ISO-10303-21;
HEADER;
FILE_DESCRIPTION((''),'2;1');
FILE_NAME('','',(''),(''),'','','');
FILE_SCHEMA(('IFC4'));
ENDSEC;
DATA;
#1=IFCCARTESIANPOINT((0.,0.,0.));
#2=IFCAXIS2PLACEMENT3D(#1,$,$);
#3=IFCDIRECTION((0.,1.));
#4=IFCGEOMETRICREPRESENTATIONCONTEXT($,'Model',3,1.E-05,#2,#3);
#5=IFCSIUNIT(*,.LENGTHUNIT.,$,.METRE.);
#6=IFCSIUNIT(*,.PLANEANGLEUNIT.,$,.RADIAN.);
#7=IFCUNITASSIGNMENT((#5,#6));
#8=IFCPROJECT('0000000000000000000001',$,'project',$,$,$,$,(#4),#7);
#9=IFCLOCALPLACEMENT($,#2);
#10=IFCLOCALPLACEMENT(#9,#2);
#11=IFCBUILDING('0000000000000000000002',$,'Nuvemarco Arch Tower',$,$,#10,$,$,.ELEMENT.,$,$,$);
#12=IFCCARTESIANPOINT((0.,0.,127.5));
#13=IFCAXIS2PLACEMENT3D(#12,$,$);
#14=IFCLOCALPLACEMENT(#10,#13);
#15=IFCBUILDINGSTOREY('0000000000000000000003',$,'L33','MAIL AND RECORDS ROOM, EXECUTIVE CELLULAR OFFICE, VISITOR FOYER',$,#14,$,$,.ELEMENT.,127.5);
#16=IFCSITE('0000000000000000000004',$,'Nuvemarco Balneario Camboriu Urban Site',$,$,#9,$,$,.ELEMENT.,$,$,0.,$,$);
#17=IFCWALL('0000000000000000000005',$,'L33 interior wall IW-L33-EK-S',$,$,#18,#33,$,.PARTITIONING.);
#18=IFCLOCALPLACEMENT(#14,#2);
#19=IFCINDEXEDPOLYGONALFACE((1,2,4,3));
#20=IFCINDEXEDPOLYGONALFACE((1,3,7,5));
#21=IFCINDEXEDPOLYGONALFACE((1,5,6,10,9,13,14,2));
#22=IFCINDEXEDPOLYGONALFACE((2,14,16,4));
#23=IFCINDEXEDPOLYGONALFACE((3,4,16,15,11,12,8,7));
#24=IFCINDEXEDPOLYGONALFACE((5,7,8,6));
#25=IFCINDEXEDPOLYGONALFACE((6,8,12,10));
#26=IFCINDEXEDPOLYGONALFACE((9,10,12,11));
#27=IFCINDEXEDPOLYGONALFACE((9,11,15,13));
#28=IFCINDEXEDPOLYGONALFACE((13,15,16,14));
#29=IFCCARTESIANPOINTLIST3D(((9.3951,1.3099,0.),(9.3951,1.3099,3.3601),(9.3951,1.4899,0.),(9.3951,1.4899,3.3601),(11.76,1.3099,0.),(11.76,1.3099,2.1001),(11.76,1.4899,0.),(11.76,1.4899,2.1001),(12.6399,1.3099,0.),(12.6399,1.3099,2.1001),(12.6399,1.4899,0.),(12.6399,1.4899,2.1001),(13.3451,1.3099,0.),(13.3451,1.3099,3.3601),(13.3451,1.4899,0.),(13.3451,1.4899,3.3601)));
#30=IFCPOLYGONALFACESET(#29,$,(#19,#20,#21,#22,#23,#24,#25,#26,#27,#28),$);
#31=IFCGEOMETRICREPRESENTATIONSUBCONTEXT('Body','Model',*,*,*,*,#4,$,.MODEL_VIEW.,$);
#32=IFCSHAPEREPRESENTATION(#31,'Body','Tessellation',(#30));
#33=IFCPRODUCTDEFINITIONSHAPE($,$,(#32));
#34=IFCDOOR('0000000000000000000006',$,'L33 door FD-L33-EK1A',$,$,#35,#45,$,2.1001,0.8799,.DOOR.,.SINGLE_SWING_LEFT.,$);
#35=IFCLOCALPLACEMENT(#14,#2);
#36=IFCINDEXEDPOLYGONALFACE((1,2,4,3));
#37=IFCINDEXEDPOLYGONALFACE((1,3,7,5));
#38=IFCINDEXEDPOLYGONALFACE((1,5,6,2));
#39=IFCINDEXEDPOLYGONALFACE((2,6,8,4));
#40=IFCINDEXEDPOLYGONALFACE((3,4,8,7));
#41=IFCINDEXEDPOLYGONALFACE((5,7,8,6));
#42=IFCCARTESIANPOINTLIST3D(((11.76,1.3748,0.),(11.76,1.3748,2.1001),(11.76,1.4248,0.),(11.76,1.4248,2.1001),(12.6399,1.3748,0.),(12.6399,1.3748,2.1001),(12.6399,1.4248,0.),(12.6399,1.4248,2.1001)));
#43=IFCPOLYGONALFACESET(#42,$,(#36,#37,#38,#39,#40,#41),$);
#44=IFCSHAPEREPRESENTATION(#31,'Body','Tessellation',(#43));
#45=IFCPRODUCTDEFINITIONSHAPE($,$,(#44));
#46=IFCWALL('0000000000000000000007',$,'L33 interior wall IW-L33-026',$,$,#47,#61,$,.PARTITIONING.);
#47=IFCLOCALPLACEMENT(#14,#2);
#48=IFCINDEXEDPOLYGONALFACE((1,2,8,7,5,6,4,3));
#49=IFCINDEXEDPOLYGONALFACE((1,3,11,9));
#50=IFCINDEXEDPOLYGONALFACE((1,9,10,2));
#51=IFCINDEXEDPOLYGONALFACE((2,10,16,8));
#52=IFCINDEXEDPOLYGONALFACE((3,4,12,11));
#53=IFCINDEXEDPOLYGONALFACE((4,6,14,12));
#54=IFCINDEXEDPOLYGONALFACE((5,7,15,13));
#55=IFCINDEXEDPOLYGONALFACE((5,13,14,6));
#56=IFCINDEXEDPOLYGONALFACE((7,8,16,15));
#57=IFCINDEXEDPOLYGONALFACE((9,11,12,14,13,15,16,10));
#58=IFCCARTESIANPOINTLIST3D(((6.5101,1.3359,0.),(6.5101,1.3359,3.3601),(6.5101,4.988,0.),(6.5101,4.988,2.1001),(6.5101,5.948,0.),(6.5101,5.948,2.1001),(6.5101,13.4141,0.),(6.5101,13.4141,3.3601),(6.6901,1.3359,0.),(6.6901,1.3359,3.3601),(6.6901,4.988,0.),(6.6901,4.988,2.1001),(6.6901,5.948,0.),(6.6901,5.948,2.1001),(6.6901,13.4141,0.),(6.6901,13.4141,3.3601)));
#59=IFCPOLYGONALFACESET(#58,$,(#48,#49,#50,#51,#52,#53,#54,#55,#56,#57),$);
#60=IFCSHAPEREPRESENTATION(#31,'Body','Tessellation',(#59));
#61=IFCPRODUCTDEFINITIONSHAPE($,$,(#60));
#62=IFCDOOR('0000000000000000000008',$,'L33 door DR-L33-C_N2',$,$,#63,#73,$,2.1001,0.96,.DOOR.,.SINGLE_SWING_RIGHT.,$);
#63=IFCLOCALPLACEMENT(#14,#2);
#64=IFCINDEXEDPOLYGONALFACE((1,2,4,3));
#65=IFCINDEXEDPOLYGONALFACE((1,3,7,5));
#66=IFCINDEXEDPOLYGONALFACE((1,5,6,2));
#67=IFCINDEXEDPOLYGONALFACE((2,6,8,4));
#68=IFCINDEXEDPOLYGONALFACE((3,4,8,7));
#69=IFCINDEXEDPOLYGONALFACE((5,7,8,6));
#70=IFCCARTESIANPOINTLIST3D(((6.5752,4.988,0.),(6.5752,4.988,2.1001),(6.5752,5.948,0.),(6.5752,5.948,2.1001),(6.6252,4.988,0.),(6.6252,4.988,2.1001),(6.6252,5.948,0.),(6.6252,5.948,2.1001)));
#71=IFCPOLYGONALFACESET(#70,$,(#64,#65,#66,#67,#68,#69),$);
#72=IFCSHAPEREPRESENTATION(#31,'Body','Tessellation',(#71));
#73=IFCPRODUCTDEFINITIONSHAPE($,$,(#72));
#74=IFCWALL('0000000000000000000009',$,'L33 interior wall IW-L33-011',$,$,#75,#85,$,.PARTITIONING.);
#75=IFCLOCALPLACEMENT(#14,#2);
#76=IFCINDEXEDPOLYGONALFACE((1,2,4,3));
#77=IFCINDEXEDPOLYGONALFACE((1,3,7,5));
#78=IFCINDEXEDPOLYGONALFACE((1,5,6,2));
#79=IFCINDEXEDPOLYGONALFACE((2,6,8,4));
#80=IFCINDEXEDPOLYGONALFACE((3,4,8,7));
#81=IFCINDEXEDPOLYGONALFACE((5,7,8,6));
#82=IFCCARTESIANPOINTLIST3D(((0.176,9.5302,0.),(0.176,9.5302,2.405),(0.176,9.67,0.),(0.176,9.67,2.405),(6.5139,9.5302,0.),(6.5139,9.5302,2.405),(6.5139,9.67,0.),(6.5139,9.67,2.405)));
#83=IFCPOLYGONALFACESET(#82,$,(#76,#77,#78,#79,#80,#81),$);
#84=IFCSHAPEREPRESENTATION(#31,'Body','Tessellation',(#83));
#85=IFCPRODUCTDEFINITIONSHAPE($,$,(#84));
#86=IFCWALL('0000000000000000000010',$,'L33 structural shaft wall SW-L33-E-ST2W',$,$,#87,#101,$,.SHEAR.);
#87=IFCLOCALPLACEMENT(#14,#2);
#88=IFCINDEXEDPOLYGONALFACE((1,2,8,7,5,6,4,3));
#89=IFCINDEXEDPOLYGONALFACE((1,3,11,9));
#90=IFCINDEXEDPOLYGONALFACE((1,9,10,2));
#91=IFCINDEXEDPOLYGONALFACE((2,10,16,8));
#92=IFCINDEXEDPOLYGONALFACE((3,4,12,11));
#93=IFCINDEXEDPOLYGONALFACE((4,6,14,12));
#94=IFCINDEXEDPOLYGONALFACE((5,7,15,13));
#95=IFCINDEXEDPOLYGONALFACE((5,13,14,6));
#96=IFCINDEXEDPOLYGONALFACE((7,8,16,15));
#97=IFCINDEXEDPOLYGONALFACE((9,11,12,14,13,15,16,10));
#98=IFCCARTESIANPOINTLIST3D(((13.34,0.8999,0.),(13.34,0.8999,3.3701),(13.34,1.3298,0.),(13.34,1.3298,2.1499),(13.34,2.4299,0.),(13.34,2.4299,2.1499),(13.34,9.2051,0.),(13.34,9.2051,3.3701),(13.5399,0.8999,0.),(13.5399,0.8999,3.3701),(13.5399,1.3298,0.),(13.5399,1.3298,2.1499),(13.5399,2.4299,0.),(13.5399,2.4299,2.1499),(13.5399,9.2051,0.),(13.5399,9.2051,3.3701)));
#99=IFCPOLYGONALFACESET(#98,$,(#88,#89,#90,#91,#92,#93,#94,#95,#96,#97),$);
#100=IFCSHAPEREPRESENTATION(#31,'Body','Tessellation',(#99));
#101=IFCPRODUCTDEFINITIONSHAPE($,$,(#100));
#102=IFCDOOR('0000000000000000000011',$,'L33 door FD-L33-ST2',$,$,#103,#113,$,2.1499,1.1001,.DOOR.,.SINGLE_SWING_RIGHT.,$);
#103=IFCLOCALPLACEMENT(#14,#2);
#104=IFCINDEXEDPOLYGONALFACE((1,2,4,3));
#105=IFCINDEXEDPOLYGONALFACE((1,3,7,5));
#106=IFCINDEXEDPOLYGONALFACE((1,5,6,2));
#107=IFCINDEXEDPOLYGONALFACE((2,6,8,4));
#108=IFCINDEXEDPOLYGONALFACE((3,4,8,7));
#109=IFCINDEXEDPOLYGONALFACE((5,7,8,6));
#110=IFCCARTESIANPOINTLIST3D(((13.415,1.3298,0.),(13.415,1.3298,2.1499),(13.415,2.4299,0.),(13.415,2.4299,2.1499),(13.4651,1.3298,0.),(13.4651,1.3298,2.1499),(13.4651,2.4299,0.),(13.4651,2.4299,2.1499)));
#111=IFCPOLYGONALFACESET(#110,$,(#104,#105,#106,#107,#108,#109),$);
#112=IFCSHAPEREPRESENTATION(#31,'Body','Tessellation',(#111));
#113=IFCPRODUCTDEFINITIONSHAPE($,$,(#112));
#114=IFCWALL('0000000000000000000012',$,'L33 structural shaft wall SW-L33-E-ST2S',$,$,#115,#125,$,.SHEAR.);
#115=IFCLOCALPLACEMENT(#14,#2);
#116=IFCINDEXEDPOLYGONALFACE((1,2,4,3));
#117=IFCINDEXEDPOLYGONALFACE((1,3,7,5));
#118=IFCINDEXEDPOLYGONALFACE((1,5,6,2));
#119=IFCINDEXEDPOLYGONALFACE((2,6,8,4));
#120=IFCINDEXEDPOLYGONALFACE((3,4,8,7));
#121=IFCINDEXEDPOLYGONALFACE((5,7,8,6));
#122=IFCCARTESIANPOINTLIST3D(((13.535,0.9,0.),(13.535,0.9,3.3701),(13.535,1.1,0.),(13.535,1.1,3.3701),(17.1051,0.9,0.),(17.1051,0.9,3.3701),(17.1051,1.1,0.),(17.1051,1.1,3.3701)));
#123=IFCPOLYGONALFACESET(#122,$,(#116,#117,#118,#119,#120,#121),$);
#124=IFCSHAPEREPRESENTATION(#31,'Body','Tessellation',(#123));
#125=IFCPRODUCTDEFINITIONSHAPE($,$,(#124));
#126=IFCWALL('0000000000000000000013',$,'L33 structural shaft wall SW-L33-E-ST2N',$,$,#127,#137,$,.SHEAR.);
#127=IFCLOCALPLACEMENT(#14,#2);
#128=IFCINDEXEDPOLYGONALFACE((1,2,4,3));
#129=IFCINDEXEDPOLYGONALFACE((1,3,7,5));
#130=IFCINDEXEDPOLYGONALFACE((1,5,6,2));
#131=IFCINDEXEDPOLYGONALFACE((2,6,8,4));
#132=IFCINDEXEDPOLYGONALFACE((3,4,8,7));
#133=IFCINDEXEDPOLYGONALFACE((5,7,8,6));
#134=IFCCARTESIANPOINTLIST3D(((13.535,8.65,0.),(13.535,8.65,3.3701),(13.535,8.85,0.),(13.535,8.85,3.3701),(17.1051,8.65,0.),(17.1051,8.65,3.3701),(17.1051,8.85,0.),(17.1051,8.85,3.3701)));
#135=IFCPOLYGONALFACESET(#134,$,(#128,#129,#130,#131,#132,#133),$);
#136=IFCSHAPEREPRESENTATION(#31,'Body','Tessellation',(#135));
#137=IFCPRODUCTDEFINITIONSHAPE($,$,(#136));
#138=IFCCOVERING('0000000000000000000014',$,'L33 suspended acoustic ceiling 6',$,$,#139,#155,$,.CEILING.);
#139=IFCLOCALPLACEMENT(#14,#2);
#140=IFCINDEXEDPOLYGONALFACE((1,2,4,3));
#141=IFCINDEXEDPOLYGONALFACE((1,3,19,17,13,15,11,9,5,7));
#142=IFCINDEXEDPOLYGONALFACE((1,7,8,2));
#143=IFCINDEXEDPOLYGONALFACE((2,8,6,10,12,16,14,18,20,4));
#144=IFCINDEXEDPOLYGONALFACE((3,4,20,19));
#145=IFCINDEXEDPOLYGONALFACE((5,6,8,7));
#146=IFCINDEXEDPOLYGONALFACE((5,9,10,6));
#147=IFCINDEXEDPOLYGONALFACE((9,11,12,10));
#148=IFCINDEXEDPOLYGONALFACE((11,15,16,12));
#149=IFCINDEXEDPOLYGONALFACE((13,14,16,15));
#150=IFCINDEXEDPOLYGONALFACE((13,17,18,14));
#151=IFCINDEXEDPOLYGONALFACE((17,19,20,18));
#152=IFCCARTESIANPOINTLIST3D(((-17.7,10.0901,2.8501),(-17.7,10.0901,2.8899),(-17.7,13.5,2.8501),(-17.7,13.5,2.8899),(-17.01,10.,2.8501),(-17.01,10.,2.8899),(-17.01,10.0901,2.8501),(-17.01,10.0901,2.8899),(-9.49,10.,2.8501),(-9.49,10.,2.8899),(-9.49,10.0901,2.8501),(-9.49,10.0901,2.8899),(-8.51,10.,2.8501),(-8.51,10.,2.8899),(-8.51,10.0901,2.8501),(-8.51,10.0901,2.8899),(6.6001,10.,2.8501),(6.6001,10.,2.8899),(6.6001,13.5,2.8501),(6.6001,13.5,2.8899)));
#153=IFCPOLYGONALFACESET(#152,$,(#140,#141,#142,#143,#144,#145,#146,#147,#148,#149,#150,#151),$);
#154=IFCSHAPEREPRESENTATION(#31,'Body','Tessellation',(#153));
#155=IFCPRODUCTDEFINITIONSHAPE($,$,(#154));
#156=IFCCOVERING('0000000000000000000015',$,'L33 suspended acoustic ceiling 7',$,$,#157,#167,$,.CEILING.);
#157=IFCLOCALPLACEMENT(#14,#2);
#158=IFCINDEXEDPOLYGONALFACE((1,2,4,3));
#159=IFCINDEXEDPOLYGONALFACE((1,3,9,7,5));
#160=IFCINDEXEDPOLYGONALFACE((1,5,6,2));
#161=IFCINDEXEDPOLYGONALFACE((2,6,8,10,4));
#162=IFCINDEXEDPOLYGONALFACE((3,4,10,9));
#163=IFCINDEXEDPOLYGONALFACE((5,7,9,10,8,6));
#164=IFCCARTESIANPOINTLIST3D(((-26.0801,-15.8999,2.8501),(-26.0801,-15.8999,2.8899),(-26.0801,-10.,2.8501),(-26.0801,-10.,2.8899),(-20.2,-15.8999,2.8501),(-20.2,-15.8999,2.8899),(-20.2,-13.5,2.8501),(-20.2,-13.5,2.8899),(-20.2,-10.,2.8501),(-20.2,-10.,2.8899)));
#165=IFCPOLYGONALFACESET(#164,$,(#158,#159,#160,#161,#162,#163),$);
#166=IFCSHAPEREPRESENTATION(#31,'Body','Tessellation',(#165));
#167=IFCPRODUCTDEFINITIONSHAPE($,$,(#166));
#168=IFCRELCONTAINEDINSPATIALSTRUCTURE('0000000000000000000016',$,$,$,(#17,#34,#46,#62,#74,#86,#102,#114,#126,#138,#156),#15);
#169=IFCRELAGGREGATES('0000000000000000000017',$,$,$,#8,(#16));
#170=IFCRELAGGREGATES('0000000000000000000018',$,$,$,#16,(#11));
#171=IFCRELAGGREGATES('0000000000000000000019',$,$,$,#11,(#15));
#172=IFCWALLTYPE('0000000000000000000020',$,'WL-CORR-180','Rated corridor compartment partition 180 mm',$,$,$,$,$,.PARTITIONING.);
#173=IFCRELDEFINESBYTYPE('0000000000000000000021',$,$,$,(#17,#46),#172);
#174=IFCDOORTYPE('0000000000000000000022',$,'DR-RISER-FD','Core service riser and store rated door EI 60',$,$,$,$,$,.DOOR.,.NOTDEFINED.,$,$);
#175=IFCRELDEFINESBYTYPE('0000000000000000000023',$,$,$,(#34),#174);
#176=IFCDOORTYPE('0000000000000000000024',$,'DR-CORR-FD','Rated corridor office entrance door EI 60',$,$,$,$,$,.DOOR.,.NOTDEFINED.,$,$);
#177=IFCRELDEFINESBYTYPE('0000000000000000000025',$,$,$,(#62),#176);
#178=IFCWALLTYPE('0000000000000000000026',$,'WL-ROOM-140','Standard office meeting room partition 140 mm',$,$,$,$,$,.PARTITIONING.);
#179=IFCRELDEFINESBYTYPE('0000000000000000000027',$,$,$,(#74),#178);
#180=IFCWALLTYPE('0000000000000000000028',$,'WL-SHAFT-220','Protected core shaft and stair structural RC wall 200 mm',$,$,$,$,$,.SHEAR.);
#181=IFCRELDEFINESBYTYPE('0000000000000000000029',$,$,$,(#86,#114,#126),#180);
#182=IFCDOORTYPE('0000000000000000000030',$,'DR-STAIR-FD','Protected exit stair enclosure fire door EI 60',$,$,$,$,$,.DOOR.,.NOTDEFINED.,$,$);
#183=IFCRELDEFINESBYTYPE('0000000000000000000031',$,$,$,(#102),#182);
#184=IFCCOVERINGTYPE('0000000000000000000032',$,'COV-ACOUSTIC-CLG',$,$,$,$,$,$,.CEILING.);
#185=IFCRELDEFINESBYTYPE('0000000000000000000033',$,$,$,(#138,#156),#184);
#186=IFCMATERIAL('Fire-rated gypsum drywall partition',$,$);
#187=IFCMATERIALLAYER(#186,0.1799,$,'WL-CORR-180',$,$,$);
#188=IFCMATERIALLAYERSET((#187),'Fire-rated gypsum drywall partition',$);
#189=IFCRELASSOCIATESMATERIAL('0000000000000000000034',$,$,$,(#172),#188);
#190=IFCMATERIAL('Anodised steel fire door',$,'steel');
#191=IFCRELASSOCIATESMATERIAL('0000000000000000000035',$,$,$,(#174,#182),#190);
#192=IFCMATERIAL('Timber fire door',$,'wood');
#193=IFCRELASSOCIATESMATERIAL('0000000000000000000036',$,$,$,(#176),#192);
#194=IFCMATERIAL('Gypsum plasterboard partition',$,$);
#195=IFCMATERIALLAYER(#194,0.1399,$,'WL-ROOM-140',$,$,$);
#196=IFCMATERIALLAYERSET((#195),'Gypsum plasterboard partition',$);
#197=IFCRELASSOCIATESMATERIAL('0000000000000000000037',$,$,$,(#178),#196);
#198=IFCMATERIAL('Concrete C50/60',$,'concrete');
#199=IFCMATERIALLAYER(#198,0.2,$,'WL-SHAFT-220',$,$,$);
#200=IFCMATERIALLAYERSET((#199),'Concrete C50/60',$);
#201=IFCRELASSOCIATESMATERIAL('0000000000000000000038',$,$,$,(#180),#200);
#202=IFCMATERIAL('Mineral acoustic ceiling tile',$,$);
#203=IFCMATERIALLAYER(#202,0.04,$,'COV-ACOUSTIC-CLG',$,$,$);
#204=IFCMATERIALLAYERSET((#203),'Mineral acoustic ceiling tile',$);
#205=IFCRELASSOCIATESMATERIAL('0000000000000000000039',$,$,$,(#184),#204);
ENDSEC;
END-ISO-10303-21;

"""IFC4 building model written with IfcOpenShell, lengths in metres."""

from ifc_helpers import new_model, si_unit, direction, frame, frame_2d, origin, place, context, subcontext, project, spatial, polyline, rectangle, outline, extrude, source, transform, mapped, material, layer, layer_set, type_object, type_shapes, element, fill, save


model = new_model("IFC4")

# Units and contexts
model_context = context("Model", 3, precision=1e-05, world=origin(), true_north=direction((0.0, 1.0)))
body_context = subcontext(model_context, "Body", "Model", "MODEL_VIEW")
ifc_project = project(units=[si_unit("LENGTHUNIT", "METRE"), si_unit("PLANEANGLEUNIT", "RADIAN")], contexts=[model_context])

# Site, building, storey
site_placement = place(None, origin())
site = spatial("IfcSite", under=ifc_project, at=site_placement, Name="Nuvemarco Balneario Camboriu Urban Site", CompositionType="ELEMENT", RefElevation=0.0)
building_placement = place(site_placement, origin())
building = spatial("IfcBuilding", under=site, at=building_placement, Name="Nuvemarco Arch Tower", CompositionType="ELEMENT")
storey_placement = place(building_placement, frame((0.0, 0.0, 127.5)))
storey = spatial("IfcBuildingStorey", under=building, at=storey_placement, Name="L33", Description="MAIL AND RECORDS ROOM, EXECUTIVE CELLULAR OFFICE, VISITOR FOYER", CompositionType="ELEMENT", Elevation=127.5)

# Shared definitions
ifc_material_1 = material(Name="Concrete C50/60", Category="concrete")

# Walls, openings, doors
ifc_material_2 = material(Name="Fire-rated gypsum drywall partition")
ifc_layer_1 = layer(ifc_material_2, 0.1799, Name="WL-CORR-180")
ifc_layer_set_1 = layer_set([ifc_layer_1], Name="Fire-rated gypsum drywall partition")
wall_type_1 = type_object("IfcWallType", Name="WL-CORR-180", Description="Rated corridor compartment partition 180 mm", PredefinedType="PARTITIONING", material=ifc_layer_set_1)
wall_1_placement = place(storey_placement, frame((9.395, 1.3999, 0.0), z_axis=(0.0, 0.0, 1.0), x_axis=(1.0, 0.0, 0.0)))
wall_1 = element("IfcWall", 1, at=wall_1_placement, inside=storey, type_object=wall_type_1, Name="L33 interior wall IW-L33-EK-S", PredefinedType="PARTITIONING", context=body_context, shape_type="SweptSolid", body=[
    extrude(rectangle(XDim=3.95, YDim=0.1799, at=frame_2d((1.9751, 0.0))), origin(), (0.0, 0.0, 1.0), 3.3601),
])
opening_1_placement = place(wall_1_placement, frame((2.365, 0.0, 0.0)))
opening_1 = element("IfcOpeningElement", 2, at=opening_1_placement, cuts=wall_1, PredefinedType="OPENING", context=body_context, shape_type="SweptSolid", body=[
    extrude(rectangle(XDim=0.8799, YDim=2.1001, at=frame_2d((0.4399, 1.05))), frame((0.0, 0.0999, 0.0), z_axis=(0.0, -1.0, 0.0), x_axis=(1.0, 0.0, 0.0)), (0.0, 0.0, 1.0), 0.2),
])
ifc_material_3 = material(Name="Anodised steel fire door", Category="steel")
door_type_1 = type_object("IfcDoorType", Name="DR-RISER-FD", Description="Core service riser and store rated door EI 60", OperationType="NOTDEFINED", PredefinedType="DOOR", material=ifc_material_3)
shared_shape_1 = source(origin(), body_context, "Body", "SweptSolid", [
    extrude(rectangle(XDim=0.8799, YDim=2.1001, at=frame_2d((0.4399, 1.05))), frame((0.0, 0.0249, 0.0), z_axis=(0.0, -1.0, 0.0), x_axis=(1.0, 0.0, 0.0)), (0.0, 0.0, 1.0), 0.05),
])
type_shapes(door_type_1, [shared_shape_1])
door_1_placement = place(opening_1_placement, origin())
door_1 = element("IfcDoor", 3, at=door_1_placement, inside=storey, type_object=door_type_1, Name="L33 door FD-L33-EK1A", OperationType="SINGLE_SWING_LEFT", OverallHeight=2.1001, OverallWidth=0.8799, PredefinedType="DOOR", context=body_context, shape_type="MappedRepresentation", body=[
    mapped(shared_shape_1, transform((0.0, 0.0, 0.0), scale=1.0)),
])
fill(opening_1, door_1)
wall_2_placement = place(storey_placement, frame((6.6001, 1.3359, 0.0), z_axis=(0.0, 0.0, 1.0), x_axis=(0.0, 1.0, 0.0)))
wall_2 = element("IfcWall", 4, at=wall_2_placement, inside=storey, type_object=wall_type_1, Name="L33 interior wall IW-L33-026", PredefinedType="PARTITIONING", context=body_context, shape_type="SweptSolid", body=[
    extrude(rectangle(XDim=12.0781, YDim=0.1799, at=frame_2d((6.0391, 0.0))), origin(), (0.0, 0.0, 1.0), 3.3601),
])
opening_2_placement = place(wall_2_placement, frame((3.6521, 0.0, 0.0)))
opening_2 = element("IfcOpeningElement", 5, at=opening_2_placement, cuts=wall_2, PredefinedType="OPENING", context=body_context, shape_type="SweptSolid", body=[
    extrude(rectangle(XDim=0.96, YDim=2.1001, at=frame_2d((0.48, 1.05))), frame((0.0, 0.0999, 0.0), z_axis=(0.0, -1.0, 0.0), x_axis=(1.0, 0.0, 0.0)), (0.0, 0.0, 1.0), 0.2),
])
ifc_material_4 = material(Name="Timber fire door", Category="wood")
door_type_2 = type_object("IfcDoorType", Name="DR-CORR-FD", Description="Rated corridor office entrance door EI 60", OperationType="NOTDEFINED", PredefinedType="DOOR", material=ifc_material_4)
shared_shape_2 = source(origin(), body_context, "Body", "SweptSolid", [
    extrude(rectangle(XDim=0.96, YDim=2.1001, at=frame_2d((0.48, 1.05))), frame((0.0, 0.0249, 0.0), z_axis=(0.0, -1.0, 0.0), x_axis=(1.0, 0.0, 0.0)), (0.0, 0.0, 1.0), 0.05),
])
type_shapes(door_type_2, [shared_shape_2])
door_2_placement = place(opening_2_placement, origin())
door_2 = element("IfcDoor", 6, at=door_2_placement, inside=storey, type_object=door_type_2, Name="L33 door DR-L33-C_N2", OperationType="SINGLE_SWING_RIGHT", OverallHeight=2.1001, OverallWidth=0.96, PredefinedType="DOOR", context=body_context, shape_type="MappedRepresentation", body=[
    mapped(shared_shape_2, transform((0.0, 0.0, 0.0), scale=1.0)),
])
fill(opening_2, door_2)

# Wall
ifc_material_5 = material(Name="Gypsum plasterboard partition")
ifc_layer_2 = layer(ifc_material_5, 0.1399, Name="WL-ROOM-140")
ifc_layer_set_2 = layer_set([ifc_layer_2], Name="Gypsum plasterboard partition")
wall_type_2 = type_object("IfcWallType", Name="WL-ROOM-140", Description="Standard office meeting room partition 140 mm", PredefinedType="PARTITIONING", material=ifc_layer_set_2)
wall_3_placement = place(storey_placement, frame((0.176, 9.6001, 0.0), z_axis=(0.0, 0.0, 1.0), x_axis=(1.0, 0.0, 0.0)))
element("IfcWall", 7, at=wall_3_placement, inside=storey, type_object=wall_type_2, Name="L33 interior wall IW-L33-011", PredefinedType="PARTITIONING", context=body_context, shape_type="SweptSolid", body=[
    extrude(rectangle(XDim=6.3379, YDim=0.1399, at=frame_2d((3.1689, 0.0))), origin(), (0.0, 0.0, 1.0), 2.405),
])

# Wall, opening, door
ifc_layer_3 = layer(ifc_material_1, 0.2, Name="WL-SHAFT-220")
ifc_layer_set_3 = layer_set([ifc_layer_3], Name="Concrete C50/60")
wall_type_3 = type_object("IfcWallType", Name="WL-SHAFT-220", Description="Protected core shaft and stair structural RC wall 200 mm", PredefinedType="SHEAR", material=ifc_layer_set_3)
wall_4_placement = place(storey_placement, frame((13.4399, 0.8999, 0.0), z_axis=(0.0, 0.0, 1.0), x_axis=(0.0, 1.0, 0.0)))
wall_4 = element("IfcWall", 8, at=wall_4_placement, inside=storey, type_object=wall_type_3, Name="L33 structural shaft wall SW-L33-E-ST2W", PredefinedType="SHEAR", context=body_context, shape_type="SweptSolid", body=[
    extrude(rectangle(XDim=8.3052, YDim=0.2, at=frame_2d((4.1526, 0.0))), origin(), (0.0, 0.0, 1.0), 3.3701),
])
opening_3_placement = place(wall_4_placement, frame((0.4299, 0.0, 0.0)))
opening_3 = element("IfcOpeningElement", 9, at=opening_3_placement, cuts=wall_4, PredefinedType="OPENING", context=body_context, shape_type="SweptSolid", body=[
    extrude(rectangle(XDim=1.1001, YDim=2.1499, at=frame_2d((0.55, 1.075))), frame((0.0, 0.1099, 0.0), z_axis=(0.0, -1.0, 0.0), x_axis=(1.0, 0.0, 0.0)), (0.0, 0.0, 1.0), 0.22),
])
door_type_3 = type_object("IfcDoorType", Name="DR-STAIR-FD", Description="Protected exit stair enclosure fire door EI 60", OperationType="NOTDEFINED", PredefinedType="DOOR", material=ifc_material_3)
shared_shape_3 = source(origin(), body_context, "Body", "SweptSolid", [
    extrude(rectangle(XDim=1.1001, YDim=2.1499, at=frame_2d((0.55, 1.075))), frame((0.0, 0.0249, 0.0), z_axis=(0.0, -1.0, 0.0), x_axis=(1.0, 0.0, 0.0)), (0.0, 0.0, 1.0), 0.05),
])
type_shapes(door_type_3, [shared_shape_3])
door_3_placement = place(opening_3_placement, origin())
door_3 = element("IfcDoor", 10, at=door_3_placement, inside=storey, type_object=door_type_3, Name="L33 door FD-L33-ST2", OperationType="SINGLE_SWING_RIGHT", OverallHeight=2.1499, OverallWidth=1.1001, PredefinedType="DOOR", context=body_context, shape_type="MappedRepresentation", body=[
    mapped(shared_shape_3, transform((0.0, 0.0, 0.0), scale=1.0)),
])
fill(opening_3, door_3)

# Walls
for number, where, z_axis, x_axis, name in (
    (11, (13.5349, 1.0, 0.0), (0.0, 0.0, 1.0), (1.0, 0.0, 0.0), "L33 structural shaft wall SW-L33-E-ST2S"),
    (12, (13.5349, 8.75, 0.0), (0.0, 0.0, 1.0), (1.0, 0.0, 0.0), "L33 structural shaft wall SW-L33-E-ST2N"),
):
    element("IfcWall", number, at=place(storey_placement, frame(where, z_axis=z_axis, x_axis=x_axis)), inside=storey, type_object=wall_type_3, Name=name, PredefinedType="SHEAR", context=body_context, shape_type="SweptSolid", body=[
        extrude(rectangle(XDim=3.5701, YDim=0.2, at=frame_2d((1.7852, 0.0))), origin(), (0.0, 0.0, 1.0), 3.3701),
    ])

# Coverings
ifc_material_6 = material(Name="Mineral acoustic ceiling tile")
ifc_layer_4 = layer(ifc_material_6, 0.04, Name="COV-ACOUSTIC-CLG")
ifc_layer_set_4 = layer_set([ifc_layer_4], Name="Mineral acoustic ceiling tile")
covering_type_1 = type_object("IfcCoveringType", Name="COV-ACOUSTIC-CLG", PredefinedType="CEILING", material=ifc_layer_set_4)
covering_1_placement = place(storey_placement, frame((0.0, 0.0, 2.8501)))
element("IfcCovering", 13, at=covering_1_placement, inside=storey, type_object=covering_type_1, Name="L33 suspended acoustic ceiling 6", PredefinedType="CEILING", context=body_context, shape_type="SweptSolid", body=[
    extrude(outline(polyline([(6.6001, 13.5), (6.6001, 10.0), (-8.51, 10.0), (-8.51, 10.0901), (-9.49, 10.0901), (-9.49, 10.0), (-17.01, 10.0), (-17.01, 10.0901), (-17.7, 10.0901), (-17.7, 13.5), (6.6001, 13.5)])), origin(), (0.0, 0.0, 1.0), 0.0398),
])
covering_2_placement = place(storey_placement, frame((0.0, 0.0, 2.8501)))
element("IfcCovering", 14, at=covering_2_placement, inside=storey, type_object=covering_type_1, Name="L33 suspended acoustic ceiling 7", PredefinedType="CEILING", context=body_context, shape_type="SweptSolid", body=[
    extrude(outline(polyline([(-20.2, -13.5), (-20.2, -15.8999), (-26.0801, -15.8999), (-26.0801, -10.0), (-20.2, -10.0), (-20.2, -13.5)])), origin(), (0.0, 0.0, 1.0), 0.0398),
])

save(model, "model.ifc")
